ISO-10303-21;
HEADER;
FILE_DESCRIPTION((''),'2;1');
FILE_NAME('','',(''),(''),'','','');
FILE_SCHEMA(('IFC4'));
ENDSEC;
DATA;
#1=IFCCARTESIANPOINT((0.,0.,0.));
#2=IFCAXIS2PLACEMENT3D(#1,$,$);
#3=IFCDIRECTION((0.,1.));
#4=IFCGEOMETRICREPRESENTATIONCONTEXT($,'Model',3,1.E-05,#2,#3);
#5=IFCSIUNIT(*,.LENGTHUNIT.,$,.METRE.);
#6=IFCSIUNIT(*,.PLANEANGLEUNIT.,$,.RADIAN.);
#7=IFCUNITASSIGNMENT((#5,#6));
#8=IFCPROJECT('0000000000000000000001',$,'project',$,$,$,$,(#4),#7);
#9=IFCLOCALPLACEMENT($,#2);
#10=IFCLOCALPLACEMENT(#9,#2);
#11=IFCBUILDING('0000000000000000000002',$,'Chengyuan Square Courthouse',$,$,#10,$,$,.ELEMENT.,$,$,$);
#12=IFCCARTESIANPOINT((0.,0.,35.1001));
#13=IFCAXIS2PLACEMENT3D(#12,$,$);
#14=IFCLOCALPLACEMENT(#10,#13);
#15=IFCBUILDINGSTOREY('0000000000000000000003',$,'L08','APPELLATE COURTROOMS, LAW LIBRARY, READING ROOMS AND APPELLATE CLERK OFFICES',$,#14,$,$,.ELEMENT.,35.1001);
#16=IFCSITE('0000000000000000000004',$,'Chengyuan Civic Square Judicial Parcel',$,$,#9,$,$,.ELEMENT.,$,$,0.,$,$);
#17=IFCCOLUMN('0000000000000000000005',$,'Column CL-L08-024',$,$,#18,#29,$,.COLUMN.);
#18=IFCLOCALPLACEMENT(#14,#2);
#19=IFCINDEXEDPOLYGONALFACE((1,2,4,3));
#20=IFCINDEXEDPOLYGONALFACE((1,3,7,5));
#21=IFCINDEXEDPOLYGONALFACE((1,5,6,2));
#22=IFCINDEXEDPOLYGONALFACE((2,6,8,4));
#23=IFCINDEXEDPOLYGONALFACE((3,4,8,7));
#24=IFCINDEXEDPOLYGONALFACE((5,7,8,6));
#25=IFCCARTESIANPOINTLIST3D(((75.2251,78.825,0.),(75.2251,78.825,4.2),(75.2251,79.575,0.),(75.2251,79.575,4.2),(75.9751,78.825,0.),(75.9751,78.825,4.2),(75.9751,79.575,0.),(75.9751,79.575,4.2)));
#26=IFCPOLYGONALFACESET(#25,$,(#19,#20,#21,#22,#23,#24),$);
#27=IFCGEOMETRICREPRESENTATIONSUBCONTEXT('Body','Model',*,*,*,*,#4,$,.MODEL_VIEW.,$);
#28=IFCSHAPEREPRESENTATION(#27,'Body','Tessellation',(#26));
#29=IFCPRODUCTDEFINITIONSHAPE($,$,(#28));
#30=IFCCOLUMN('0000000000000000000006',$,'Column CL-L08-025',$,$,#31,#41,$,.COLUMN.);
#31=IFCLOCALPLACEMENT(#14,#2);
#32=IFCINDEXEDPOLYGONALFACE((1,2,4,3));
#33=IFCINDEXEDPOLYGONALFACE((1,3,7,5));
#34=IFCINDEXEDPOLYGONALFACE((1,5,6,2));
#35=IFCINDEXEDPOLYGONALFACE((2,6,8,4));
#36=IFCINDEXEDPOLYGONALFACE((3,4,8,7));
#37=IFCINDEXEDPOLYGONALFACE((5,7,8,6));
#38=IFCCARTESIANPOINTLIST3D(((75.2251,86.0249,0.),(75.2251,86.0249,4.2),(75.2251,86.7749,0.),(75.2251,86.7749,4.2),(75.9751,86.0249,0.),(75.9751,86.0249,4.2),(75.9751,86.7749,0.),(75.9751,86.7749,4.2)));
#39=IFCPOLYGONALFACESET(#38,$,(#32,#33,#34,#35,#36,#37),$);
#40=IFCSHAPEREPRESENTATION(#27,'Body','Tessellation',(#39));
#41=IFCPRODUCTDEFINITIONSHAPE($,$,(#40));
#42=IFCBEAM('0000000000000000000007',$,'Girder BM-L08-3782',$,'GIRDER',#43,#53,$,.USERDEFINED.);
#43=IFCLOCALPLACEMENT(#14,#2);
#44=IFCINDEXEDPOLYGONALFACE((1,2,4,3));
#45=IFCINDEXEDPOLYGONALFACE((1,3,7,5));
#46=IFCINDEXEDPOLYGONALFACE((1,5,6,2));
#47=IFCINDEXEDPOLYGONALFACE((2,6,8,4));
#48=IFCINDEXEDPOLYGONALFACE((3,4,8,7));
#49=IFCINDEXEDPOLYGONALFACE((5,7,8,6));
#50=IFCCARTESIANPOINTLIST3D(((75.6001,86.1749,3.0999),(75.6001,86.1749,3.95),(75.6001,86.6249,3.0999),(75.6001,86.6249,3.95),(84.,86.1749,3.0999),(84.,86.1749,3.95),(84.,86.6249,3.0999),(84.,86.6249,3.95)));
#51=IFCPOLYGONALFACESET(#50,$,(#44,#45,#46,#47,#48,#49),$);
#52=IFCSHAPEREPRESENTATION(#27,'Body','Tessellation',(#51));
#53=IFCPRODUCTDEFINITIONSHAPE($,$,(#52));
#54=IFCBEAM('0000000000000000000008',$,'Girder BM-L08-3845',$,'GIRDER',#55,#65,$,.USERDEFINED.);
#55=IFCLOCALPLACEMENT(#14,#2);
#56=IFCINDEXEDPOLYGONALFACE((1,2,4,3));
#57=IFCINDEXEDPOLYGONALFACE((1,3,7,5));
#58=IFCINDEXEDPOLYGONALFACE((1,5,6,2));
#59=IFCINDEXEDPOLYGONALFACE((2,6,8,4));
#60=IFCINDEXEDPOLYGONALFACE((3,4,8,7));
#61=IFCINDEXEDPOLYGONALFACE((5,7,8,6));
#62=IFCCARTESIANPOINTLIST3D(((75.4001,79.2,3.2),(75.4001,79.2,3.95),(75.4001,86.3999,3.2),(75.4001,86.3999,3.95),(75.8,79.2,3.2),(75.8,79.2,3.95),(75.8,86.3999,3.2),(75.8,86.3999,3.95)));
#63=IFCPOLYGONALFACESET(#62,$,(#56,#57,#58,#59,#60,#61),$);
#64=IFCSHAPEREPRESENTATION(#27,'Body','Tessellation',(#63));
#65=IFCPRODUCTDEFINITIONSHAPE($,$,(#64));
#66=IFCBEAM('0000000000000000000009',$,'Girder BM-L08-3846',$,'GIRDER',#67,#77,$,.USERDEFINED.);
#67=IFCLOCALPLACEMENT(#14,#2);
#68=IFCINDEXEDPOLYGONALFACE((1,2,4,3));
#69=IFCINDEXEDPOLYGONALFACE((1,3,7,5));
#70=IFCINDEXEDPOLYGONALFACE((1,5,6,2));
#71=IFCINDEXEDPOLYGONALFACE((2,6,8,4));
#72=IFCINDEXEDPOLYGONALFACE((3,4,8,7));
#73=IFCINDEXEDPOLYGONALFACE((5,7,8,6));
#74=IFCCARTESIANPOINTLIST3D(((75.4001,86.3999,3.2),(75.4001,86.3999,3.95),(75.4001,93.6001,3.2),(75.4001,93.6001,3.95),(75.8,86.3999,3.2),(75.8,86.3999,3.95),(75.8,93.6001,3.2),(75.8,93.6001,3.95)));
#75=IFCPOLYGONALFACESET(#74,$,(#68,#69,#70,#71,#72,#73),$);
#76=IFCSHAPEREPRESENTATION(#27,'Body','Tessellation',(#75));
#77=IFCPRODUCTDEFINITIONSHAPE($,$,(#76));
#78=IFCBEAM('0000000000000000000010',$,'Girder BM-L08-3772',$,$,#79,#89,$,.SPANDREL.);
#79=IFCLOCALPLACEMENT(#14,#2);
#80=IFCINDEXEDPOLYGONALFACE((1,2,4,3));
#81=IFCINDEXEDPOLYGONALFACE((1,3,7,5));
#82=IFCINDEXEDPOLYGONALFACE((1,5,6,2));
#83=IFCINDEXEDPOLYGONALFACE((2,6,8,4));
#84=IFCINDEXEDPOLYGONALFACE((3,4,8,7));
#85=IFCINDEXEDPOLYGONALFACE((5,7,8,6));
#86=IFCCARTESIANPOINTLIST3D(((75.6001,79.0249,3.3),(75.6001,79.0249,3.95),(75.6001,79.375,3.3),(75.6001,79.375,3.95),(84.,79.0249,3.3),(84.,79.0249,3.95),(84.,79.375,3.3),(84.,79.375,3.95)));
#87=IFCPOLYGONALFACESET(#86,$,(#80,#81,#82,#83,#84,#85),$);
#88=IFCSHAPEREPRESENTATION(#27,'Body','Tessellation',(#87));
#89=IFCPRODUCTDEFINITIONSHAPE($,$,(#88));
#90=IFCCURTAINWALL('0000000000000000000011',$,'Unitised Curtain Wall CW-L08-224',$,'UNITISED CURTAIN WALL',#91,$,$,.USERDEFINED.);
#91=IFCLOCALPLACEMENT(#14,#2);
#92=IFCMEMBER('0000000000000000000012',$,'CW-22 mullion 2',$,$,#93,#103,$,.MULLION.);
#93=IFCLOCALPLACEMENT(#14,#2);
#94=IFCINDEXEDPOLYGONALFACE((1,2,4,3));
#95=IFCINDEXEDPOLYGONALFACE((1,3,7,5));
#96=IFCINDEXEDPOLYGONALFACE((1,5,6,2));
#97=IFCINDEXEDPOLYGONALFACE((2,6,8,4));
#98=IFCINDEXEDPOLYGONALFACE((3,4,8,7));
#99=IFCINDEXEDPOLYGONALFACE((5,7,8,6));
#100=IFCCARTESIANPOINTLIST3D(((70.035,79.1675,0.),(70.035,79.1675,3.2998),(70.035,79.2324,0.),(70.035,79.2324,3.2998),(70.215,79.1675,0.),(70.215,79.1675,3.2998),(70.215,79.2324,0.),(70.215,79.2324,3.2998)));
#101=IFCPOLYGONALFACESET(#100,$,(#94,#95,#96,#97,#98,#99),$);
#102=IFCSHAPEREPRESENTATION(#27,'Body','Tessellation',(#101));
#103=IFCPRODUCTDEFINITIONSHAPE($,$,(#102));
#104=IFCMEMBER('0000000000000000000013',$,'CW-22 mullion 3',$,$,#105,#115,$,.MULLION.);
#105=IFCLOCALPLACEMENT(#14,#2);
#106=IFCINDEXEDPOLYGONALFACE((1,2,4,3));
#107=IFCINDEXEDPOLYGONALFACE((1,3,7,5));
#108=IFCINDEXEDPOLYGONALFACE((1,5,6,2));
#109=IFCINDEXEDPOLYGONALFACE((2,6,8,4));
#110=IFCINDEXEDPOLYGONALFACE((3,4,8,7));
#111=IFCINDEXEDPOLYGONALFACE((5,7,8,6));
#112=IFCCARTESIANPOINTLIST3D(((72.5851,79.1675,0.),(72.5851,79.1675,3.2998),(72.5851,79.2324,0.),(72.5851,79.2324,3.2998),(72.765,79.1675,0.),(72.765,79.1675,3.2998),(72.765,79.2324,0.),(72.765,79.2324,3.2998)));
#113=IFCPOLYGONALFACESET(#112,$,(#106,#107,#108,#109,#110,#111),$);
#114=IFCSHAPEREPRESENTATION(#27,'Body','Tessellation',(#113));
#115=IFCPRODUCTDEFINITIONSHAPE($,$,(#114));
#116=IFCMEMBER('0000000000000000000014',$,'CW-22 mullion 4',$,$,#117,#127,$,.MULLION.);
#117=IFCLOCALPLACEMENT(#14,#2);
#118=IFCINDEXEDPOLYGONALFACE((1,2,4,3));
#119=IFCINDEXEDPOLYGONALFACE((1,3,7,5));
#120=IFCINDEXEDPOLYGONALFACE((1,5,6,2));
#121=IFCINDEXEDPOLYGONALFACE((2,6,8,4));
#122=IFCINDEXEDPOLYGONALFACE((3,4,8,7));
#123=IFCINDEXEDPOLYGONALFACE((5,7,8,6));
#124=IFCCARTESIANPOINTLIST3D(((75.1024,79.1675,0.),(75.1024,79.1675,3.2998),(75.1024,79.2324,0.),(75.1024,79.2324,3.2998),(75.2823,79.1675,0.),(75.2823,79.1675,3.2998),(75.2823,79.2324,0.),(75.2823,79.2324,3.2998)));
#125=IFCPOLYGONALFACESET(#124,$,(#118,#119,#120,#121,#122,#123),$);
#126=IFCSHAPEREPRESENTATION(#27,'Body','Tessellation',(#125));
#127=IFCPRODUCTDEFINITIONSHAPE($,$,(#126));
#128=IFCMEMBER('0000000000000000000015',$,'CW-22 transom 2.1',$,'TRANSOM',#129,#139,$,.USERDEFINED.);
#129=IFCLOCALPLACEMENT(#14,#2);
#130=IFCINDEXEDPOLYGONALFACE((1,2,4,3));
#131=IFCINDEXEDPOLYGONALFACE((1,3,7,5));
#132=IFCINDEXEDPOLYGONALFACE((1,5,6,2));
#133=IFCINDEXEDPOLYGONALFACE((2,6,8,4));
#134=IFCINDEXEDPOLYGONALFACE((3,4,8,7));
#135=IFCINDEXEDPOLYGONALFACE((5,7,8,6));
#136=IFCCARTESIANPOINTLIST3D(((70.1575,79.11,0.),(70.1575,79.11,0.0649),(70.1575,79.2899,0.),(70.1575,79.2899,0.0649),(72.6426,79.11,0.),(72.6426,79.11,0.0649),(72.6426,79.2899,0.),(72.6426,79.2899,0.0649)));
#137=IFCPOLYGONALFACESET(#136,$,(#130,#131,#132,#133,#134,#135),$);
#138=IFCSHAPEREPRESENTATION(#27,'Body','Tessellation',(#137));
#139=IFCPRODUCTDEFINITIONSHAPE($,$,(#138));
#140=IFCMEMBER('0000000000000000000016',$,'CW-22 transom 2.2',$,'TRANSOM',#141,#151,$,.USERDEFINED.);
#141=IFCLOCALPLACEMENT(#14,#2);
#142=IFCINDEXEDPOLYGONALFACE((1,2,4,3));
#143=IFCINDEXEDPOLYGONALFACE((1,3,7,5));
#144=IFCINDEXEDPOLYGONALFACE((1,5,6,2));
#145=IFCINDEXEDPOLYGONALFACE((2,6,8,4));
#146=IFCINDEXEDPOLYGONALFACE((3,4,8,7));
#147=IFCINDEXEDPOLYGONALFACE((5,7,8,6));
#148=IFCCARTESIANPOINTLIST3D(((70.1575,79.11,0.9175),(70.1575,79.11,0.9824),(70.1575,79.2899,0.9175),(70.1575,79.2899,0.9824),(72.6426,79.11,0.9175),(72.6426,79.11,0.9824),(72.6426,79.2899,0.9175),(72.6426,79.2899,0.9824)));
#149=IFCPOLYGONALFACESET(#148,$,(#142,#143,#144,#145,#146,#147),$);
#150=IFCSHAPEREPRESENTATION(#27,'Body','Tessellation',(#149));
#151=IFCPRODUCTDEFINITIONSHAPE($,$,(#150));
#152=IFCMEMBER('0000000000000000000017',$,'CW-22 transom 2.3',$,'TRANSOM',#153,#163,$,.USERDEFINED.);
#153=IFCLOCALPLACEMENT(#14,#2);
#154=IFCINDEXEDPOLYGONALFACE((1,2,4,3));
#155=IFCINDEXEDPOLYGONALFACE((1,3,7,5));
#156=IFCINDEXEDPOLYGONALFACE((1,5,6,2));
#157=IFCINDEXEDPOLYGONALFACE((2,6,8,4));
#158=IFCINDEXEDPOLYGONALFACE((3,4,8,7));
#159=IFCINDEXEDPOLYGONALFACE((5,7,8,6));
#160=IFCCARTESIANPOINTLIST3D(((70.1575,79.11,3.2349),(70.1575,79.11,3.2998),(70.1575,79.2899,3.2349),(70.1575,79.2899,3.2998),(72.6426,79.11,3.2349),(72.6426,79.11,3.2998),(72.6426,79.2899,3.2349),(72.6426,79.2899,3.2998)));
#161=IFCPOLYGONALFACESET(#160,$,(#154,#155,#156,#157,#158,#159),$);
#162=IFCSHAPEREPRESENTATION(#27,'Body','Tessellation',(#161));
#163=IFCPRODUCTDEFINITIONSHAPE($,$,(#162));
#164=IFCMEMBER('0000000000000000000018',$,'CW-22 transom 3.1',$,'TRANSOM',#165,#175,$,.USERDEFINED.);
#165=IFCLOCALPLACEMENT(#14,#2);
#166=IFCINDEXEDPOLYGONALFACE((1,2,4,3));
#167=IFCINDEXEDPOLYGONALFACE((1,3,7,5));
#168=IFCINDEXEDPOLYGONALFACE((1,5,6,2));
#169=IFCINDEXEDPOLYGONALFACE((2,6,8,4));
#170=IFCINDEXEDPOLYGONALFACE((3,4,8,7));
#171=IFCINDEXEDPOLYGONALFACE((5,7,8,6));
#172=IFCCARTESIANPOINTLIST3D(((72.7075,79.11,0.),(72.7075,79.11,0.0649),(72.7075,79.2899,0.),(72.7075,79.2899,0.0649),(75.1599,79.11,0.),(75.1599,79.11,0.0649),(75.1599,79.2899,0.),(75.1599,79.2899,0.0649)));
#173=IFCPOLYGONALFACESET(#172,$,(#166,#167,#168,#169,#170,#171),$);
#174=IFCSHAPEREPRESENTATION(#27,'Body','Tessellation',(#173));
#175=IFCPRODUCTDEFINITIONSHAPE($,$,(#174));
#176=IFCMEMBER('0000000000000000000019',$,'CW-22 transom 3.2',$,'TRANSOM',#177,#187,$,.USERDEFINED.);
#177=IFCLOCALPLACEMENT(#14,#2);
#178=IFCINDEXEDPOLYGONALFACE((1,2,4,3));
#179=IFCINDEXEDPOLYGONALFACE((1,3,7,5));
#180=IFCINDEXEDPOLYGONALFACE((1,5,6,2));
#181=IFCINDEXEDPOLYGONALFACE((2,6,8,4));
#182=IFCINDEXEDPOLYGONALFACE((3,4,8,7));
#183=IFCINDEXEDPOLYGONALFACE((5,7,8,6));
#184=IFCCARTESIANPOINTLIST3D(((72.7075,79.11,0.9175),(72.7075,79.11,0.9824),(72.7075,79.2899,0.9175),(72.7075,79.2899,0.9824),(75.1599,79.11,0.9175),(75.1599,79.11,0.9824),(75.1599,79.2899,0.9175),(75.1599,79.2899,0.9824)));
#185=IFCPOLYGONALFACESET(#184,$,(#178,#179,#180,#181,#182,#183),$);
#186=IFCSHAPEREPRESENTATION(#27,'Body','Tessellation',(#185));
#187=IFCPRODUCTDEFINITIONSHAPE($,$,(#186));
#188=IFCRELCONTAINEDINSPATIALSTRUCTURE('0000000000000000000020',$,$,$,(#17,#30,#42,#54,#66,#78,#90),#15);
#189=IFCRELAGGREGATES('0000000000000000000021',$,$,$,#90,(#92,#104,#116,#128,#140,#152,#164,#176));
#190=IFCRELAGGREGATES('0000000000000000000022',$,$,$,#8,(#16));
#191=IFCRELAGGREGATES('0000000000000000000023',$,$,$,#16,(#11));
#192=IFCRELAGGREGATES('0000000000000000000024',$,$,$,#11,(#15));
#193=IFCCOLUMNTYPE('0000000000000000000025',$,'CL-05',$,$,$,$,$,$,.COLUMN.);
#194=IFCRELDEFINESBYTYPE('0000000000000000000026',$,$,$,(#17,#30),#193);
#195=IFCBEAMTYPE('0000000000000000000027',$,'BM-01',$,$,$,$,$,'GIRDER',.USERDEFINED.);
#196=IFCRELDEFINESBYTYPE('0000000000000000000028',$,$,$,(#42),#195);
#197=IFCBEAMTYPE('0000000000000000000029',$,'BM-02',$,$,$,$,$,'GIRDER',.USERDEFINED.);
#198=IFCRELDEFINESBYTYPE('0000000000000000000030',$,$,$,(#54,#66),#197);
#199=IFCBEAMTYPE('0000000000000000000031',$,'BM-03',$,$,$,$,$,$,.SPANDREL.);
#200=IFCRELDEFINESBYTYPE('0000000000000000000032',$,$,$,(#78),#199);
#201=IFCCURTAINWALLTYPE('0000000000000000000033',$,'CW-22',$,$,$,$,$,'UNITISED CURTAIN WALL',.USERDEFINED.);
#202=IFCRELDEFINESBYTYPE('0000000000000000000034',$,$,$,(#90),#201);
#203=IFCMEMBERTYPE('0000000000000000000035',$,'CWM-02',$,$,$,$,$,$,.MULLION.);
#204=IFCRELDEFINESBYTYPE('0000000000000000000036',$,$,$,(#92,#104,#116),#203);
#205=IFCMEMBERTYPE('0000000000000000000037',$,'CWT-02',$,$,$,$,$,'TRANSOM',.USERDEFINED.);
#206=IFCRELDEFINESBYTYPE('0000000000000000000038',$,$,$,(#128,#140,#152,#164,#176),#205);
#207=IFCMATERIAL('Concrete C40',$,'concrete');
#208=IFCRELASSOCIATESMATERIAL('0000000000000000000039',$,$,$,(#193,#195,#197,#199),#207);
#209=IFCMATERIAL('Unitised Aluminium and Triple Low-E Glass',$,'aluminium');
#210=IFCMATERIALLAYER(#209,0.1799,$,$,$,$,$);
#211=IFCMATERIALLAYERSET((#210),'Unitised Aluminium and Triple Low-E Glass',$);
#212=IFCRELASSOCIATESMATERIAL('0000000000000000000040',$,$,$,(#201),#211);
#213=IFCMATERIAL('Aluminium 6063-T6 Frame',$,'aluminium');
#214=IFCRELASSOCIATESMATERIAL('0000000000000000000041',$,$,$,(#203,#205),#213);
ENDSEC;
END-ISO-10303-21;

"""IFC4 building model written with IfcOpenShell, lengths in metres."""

from ifc_helpers import new_model, si_unit, direction, frame, origin, origin_2d, place, context, subcontext, project, spatial, rectangle, extrude, material, layer, layer_set, material_profile, profile_set, type_object, element, aggregate, save


model = new_model("IFC4")

# Units and contexts
model_context = context("Model", 3, precision=1e-05, world=origin(), true_north=direction((0.0, 1.0)))
body_context = subcontext(model_context, "Body", "Model", "MODEL_VIEW")
ifc_project = project(units=[si_unit("LENGTHUNIT", "METRE"), si_unit("PLANEANGLEUNIT", "RADIAN")], contexts=[model_context])

# Site, building, storey
site_placement = place(None, origin())
site = spatial("IfcSite", under=ifc_project, at=site_placement, Name="Chengyuan Civic Square Judicial Parcel", CompositionType="ELEMENT", RefElevation=0.0)
building_placement = place(site_placement, origin())
building = spatial("IfcBuilding", under=site, at=building_placement, Name="Chengyuan Square Courthouse", CompositionType="ELEMENT")
storey_placement = place(building_placement, frame((0.0, 0.0, 35.1001)))
storey = spatial("IfcBuildingStorey", under=building, at=storey_placement, Name="L08", Description="APPELLATE COURTROOMS, LAW LIBRARY, READING ROOMS AND APPELLATE CLERK OFFICES", CompositionType="ELEMENT", Elevation=35.1001)

# Columns
ifc_material_1 = material(Name="Concrete C40", Category="concrete")
ifc_material_profile_1 = material_profile(ifc_material_1, rectangle(XDim=0.75, YDim=0.75, at=origin_2d()), Name="RC-COL-750x750")
ifc_profile_set_1 = profile_set([ifc_material_profile_1], Name="Concrete C40")
column_type = type_object("IfcColumnType", Name="CL-05", PredefinedType="COLUMN", material=ifc_profile_set_1)
for number, where, z_axis, x_axis, name in (
    (1, (75.6001, 79.2, 0.0), (0.0, 0.0, 1.0), (1.0, 0.0, 0.0), "Column CL-L08-024"),
    (2, (75.6001, 86.3999, 0.0), (0.0, 0.0, 1.0), (1.0, 0.0, 0.0), "Column CL-L08-025"),
):
    element("IfcColumn", number, at=place(storey_placement, frame(where, z_axis=z_axis, x_axis=x_axis)), inside=storey, type_object=column_type, Name=name, PredefinedType="COLUMN", context=body_context, shape_type="SweptSolid", body=[
        extrude(rectangle(XDim=0.75, YDim=0.75, at=origin_2d()), origin(), (0.0, 0.0, 1.0), 4.2),
    ])

# Beams
ifc_material_profile_2 = material_profile(ifc_material_1, rectangle(XDim=0.45, YDim=0.8501, at=origin_2d()), Name="RC-BM-450x850")
ifc_profile_set_2 = profile_set([ifc_material_profile_2], Name="Concrete C40")
beam_type_1 = type_object("IfcBeamType", Name="BM-01", ElementType="GIRDER", PredefinedType="USERDEFINED", material=ifc_profile_set_2)
beam_1_placement = place(storey_placement, frame((75.6001, 86.3999, 3.5249), z_axis=(1.0, 0.0, 0.0), x_axis=(0.0, 1.0, 0.0)))
element("IfcBeam", 3, at=beam_1_placement, inside=storey, type_object=beam_type_1, Name="Girder BM-L08-3782", ObjectType="GIRDER", PredefinedType="USERDEFINED", context=body_context, shape_type="SweptSolid", body=[
    extrude(rectangle(XDim=0.45, YDim=0.8501, at=origin_2d()), origin(), (0.0, 0.0, 1.0), 8.3999),
])
ifc_material_profile_3 = material_profile(ifc_material_1, rectangle(XDim=0.3999, YDim=0.75, at=origin_2d()), Name="RC-BM-400x750")
ifc_profile_set_3 = profile_set([ifc_material_profile_3], Name="Concrete C40")
beam_type_2 = type_object("IfcBeamType", Name="BM-02", ElementType="GIRDER", PredefinedType="USERDEFINED", material=ifc_profile_set_3)
beam_2_placement = place(storey_placement, frame((75.6001, 79.2, 3.575), z_axis=(0.0, 1.0, 0.0), x_axis=(-1.0, 0.0, 0.0)))
element("IfcBeam", 4, at=beam_2_placement, inside=storey, type_object=beam_type_2, Name="Girder BM-L08-3845", ObjectType="GIRDER", PredefinedType="USERDEFINED", context=body_context, shape_type="SweptSolid", body=[
    extrude(rectangle(XDim=0.3999, YDim=0.75, at=origin_2d()), origin(), (0.0, 0.0, 1.0), 7.2),
])
beam_3_placement = place(storey_placement, frame((75.6001, 86.3999, 3.575), z_axis=(0.0, 1.0, 0.0), x_axis=(-1.0, 0.0, 0.0)))
element("IfcBeam", 5, at=beam_3_placement, inside=storey, type_object=beam_type_2, Name="Girder BM-L08-3846", ObjectType="GIRDER", PredefinedType="USERDEFINED", context=body_context, shape_type="SweptSolid", body=[
    extrude(rectangle(XDim=0.3999, YDim=0.75, at=origin_2d()), origin(), (0.0, 0.0, 1.0), 7.2002),
])
ifc_material_profile_4 = material_profile(ifc_material_1, rectangle(XDim=0.3501, YDim=0.6499, at=origin_2d()), Name="RC-BM-350x650")
ifc_profile_set_4 = profile_set([ifc_material_profile_4], Name="Concrete C40")
beam_type_3 = type_object("IfcBeamType", Name="BM-03", PredefinedType="SPANDREL", material=ifc_profile_set_4)
beam_4_placement = place(storey_placement, frame((75.6001, 79.2, 3.625), z_axis=(1.0, 0.0, 0.0), x_axis=(0.0, 1.0, 0.0)))
element("IfcBeam", 6, at=beam_4_placement, inside=storey, type_object=beam_type_3, Name="Girder BM-L08-3772", PredefinedType="SPANDREL", context=body_context, shape_type="SweptSolid", body=[
    extrude(rectangle(XDim=0.3501, YDim=0.6499, at=origin_2d()), origin(), (0.0, 0.0, 1.0), 8.3999),
])

# Curtain wall, members
ifc_material_2 = material(Name="Unitised Aluminium and Triple Low-E Glass", Category="aluminium")
ifc_layer_1 = layer(ifc_material_2, 0.1799)
ifc_layer_set_1 = layer_set([ifc_layer_1], Name="Unitised Aluminium and Triple Low-E Glass")
curtain_wall_type = type_object("IfcCurtainWallType", Name="CW-22", ElementType="UNITISED CURTAIN WALL", PredefinedType="USERDEFINED", material=ifc_layer_set_1)
curtain_wall_placement = place(storey_placement, origin())
curtain_wall = element("IfcCurtainWall", 7, at=curtain_wall_placement, inside=storey, type_object=curtain_wall_type, Name="Unitised Curtain Wall CW-L08-224", ObjectType="UNITISED CURTAIN WALL", PredefinedType="USERDEFINED")
ifc_material_3 = material(Name="Aluminium 6063-T6 Frame", Category="aluminium")
ifc_material_profile_5 = material_profile(ifc_material_3, rectangle(XDim=0.0649, YDim=0.1799, at=origin_2d()), Name="CW-MUL-65x180")
ifc_profile_set_5 = profile_set([ifc_material_profile_5], Name="Aluminium 6063-T6 Frame")
member_type_1 = type_object("IfcMemberType", Name="CWM-02", PredefinedType="MULLION", material=ifc_profile_set_5)
member_1_placement = place(storey_placement, frame((70.125, 79.2, 0.0), z_axis=(0.0, 0.0, 1.0), x_axis=(0.0, 1.0, 0.0)))
member_1 = element("IfcMember", 8, at=member_1_placement, type_object=member_type_1, Name="CW-22 mullion 2", PredefinedType="MULLION", context=body_context, shape_type="SweptSolid", body=[
    extrude(rectangle(XDim=0.0649, YDim=0.1799, at=origin_2d()), origin(), (0.0, 0.0, 1.0), 3.2998),
])
member_2_placement = place(storey_placement, frame((72.675, 79.2, 0.0), z_axis=(0.0, 0.0, 1.0), x_axis=(0.0, 1.0, 0.0)))
member_2 = element("IfcMember", 9, at=member_2_placement, type_object=member_type_1, Name="CW-22 mullion 3", PredefinedType="MULLION", context=body_context, shape_type="SweptSolid", body=[
    extrude(rectangle(XDim=0.0649, YDim=0.1799, at=origin_2d()), origin(), (0.0, 0.0, 1.0), 3.2998),
])
member_3_placement = place(storey_placement, frame((75.1924, 79.2, 0.0), z_axis=(0.0, 0.0, 1.0), x_axis=(0.0, 1.0, 0.0)))
member_3 = element("IfcMember", 10, at=member_3_placement, type_object=member_type_1, Name="CW-22 mullion 4", PredefinedType="MULLION", context=body_context, shape_type="SweptSolid", body=[
    extrude(rectangle(XDim=0.0649, YDim=0.1799, at=origin_2d()), origin(), (0.0, 0.0, 1.0), 3.2998),
])
ifc_material_profile_6 = material_profile(ifc_material_3, rectangle(XDim=0.1799, YDim=0.0649, at=origin_2d()), Name="CW-TRN-65x140")
ifc_profile_set_6 = profile_set([ifc_material_profile_6], Name="Aluminium 6063-T6 Frame")
member_type_2 = type_object("IfcMemberType", Name="CWT-02", ElementType="TRANSOM", PredefinedType="USERDEFINED", material=ifc_profile_set_6)
member_4_placement = place(storey_placement, frame((70.1575, 79.2, 0.0325), z_axis=(1.0, 0.0, 0.0), x_axis=(0.0, 1.0, 0.0)))
member_4 = element("IfcMember", 11, at=member_4_placement, type_object=member_type_2, Name="CW-22 transom 2.1", ObjectType="TRANSOM", PredefinedType="USERDEFINED", context=body_context, shape_type="SweptSolid", body=[
    extrude(rectangle(XDim=0.1799, YDim=0.0649, at=origin_2d()), origin(), (0.0, 0.0, 1.0), 2.4851),
])
member_5_placement = place(storey_placement, frame((70.1575, 79.2, 0.95), z_axis=(1.0, 0.0, 0.0), x_axis=(0.0, 1.0, 0.0)))
member_5 = element("IfcMember", 12, at=member_5_placement, type_object=member_type_2, Name="CW-22 transom 2.2", ObjectType="TRANSOM", PredefinedType="USERDEFINED", context=body_context, shape_type="SweptSolid", body=[
    extrude(rectangle(XDim=0.1799, YDim=0.0649, at=origin_2d()), origin(), (0.0, 0.0, 1.0), 2.4851),
])
member_6_placement = place(storey_placement, frame((70.1575, 79.2, 3.2673), z_axis=(1.0, 0.0, 0.0), x_axis=(0.0, 1.0, 0.0)))
member_6 = element("IfcMember", 13, at=member_6_placement, type_object=member_type_2, Name="CW-22 transom 2.3", ObjectType="TRANSOM", PredefinedType="USERDEFINED", context=body_context, shape_type="SweptSolid", body=[
    extrude(rectangle(XDim=0.1799, YDim=0.0649, at=origin_2d()), origin(), (0.0, 0.0, 1.0), 2.4851),
])
member_7_placement = place(storey_placement, frame((72.7075, 79.2, 0.0325), z_axis=(1.0, 0.0, 0.0), x_axis=(0.0, 1.0, 0.0)))
member_7 = element("IfcMember", 14, at=member_7_placement, type_object=member_type_2, Name="CW-22 transom 3.1", ObjectType="TRANSOM", PredefinedType="USERDEFINED", context=body_context, shape_type="SweptSolid", body=[
    extrude(rectangle(XDim=0.1799, YDim=0.0649, at=origin_2d()), origin(), (0.0, 0.0, 1.0), 2.4524),
])
member_8_placement = place(storey_placement, frame((72.7075, 79.2, 0.95), z_axis=(1.0, 0.0, 0.0), x_axis=(0.0, 1.0, 0.0)))
member_8 = element("IfcMember", 15, at=member_8_placement, type_object=member_type_2, Name="CW-22 transom 3.2", ObjectType="TRANSOM", PredefinedType="USERDEFINED", context=body_context, shape_type="SweptSolid", body=[
    extrude(rectangle(XDim=0.1799, YDim=0.0649, at=origin_2d()), origin(), (0.0, 0.0, 1.0), 2.4524),
])
aggregate(curtain_wall, [member_1, member_2, member_3, member_4, member_5, member_6, member_7, member_8])

save(model, "model.ifc")
